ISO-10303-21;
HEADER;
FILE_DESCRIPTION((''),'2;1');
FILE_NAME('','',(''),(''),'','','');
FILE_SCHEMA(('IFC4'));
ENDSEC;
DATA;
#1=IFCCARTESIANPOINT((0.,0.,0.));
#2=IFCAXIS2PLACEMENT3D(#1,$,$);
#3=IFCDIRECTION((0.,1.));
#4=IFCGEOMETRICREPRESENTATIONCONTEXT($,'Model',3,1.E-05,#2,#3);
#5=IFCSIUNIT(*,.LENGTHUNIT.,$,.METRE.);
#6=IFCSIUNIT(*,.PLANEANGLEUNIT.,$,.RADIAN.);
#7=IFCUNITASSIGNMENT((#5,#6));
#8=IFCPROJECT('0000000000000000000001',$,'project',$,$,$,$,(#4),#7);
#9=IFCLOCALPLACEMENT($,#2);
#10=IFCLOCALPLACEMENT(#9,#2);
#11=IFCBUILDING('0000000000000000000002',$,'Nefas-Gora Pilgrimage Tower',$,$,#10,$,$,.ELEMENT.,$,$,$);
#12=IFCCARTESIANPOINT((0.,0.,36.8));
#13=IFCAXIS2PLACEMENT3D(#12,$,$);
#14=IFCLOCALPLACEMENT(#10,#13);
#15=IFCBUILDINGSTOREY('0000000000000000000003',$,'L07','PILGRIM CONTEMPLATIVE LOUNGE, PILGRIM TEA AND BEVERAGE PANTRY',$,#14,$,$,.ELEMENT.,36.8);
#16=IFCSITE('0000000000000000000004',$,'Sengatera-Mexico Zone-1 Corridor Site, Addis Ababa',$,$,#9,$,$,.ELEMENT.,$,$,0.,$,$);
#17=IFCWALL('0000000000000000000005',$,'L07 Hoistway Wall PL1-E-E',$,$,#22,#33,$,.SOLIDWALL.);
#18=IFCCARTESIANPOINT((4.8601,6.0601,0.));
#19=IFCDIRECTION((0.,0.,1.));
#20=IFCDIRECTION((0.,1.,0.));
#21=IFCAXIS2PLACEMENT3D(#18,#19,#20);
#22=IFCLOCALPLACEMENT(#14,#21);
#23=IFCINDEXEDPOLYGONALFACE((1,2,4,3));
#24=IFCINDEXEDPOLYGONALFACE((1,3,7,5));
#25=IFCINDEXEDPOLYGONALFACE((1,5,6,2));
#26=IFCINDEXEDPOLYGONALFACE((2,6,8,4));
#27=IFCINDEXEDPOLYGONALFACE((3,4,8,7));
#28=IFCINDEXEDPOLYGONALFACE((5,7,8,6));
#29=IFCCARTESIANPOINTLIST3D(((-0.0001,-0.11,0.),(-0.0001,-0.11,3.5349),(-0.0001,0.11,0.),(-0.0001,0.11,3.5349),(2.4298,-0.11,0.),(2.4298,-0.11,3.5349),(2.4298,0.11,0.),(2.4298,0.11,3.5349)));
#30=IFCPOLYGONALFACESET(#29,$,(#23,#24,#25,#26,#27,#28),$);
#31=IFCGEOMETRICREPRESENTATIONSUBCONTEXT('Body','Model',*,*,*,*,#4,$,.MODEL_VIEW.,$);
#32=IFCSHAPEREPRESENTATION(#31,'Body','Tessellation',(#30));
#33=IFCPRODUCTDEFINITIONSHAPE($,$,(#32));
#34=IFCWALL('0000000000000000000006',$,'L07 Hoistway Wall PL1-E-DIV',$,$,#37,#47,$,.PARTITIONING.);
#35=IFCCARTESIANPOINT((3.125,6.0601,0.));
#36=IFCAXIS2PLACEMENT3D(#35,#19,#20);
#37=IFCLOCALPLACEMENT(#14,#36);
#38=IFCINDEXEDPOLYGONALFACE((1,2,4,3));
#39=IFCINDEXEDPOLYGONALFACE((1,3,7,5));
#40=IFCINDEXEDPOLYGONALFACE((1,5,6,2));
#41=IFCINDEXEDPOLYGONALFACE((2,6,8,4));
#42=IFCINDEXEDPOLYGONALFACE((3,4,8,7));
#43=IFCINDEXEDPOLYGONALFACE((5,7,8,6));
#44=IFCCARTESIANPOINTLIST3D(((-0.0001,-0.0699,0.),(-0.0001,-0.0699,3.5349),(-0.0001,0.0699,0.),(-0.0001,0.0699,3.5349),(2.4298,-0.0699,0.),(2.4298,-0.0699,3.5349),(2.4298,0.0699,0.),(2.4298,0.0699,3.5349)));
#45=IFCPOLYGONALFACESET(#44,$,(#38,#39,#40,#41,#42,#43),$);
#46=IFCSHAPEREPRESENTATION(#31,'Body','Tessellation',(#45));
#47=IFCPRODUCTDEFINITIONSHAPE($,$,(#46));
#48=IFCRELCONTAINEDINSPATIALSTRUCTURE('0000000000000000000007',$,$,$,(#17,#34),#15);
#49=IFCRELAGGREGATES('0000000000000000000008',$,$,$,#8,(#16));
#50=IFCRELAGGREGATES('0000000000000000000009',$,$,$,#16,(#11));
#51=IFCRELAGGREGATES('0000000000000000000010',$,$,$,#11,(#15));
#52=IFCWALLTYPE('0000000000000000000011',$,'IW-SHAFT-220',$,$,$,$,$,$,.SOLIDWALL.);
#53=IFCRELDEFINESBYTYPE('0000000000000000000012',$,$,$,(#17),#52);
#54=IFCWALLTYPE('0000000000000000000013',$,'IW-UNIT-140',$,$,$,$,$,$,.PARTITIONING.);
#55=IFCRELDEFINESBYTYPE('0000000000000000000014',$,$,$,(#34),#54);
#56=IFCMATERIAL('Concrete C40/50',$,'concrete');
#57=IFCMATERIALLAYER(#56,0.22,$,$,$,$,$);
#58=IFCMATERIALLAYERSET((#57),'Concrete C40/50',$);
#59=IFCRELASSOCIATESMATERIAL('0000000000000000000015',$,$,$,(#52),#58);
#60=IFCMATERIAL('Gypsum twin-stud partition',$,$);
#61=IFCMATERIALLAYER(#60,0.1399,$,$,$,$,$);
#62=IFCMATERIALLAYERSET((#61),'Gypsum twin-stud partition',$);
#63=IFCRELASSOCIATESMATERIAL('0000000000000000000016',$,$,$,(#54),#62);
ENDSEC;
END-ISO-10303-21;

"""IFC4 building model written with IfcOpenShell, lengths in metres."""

from ifc_helpers import new_model, si_unit, direction, frame, frame_2d, origin, place, context, subcontext, project, spatial, rectangle, extrude, source, transform, mapped, material, layer, layer_set, type_object, element, save


model = new_model("IFC4")

# Units and contexts
model_context = context("Model", 3, precision=1e-05, world=origin(), true_north=direction((0.0, 1.0)))
body_context = subcontext(model_context, "Body", "Model", "MODEL_VIEW")
ifc_project = project(units=[si_unit("LENGTHUNIT", "METRE"), si_unit("PLANEANGLEUNIT", "RADIAN")], contexts=[model_context])

# Site, building, storey
site_placement = place(None, origin())
site = spatial("IfcSite", under=ifc_project, at=site_placement, Name="Sengatera-Mexico Zone-1 Corridor Site, Addis Ababa", CompositionType="ELEMENT", RefElevation=0.0)
building_placement = place(site_placement, origin())
building = spatial("IfcBuilding", under=site, at=building_placement, Name="Nefas-Gora Pilgrimage Tower", CompositionType="ELEMENT")
storey_placement = place(building_placement, frame((0.0, 0.0, 36.8)))
storey = spatial("IfcBuildingStorey", under=building, at=storey_placement, Name="L07", Description="PILGRIM CONTEMPLATIVE LOUNGE, PILGRIM TEA AND BEVERAGE PANTRY", CompositionType="ELEMENT", Elevation=36.8)

# Shared definitions
ifc_material_1 = material(Name="Concrete C40/50", Category="concrete")
ifc_layer_1 = layer(ifc_material_1, 0.22)
ifc_layer_set_1 = layer_set([ifc_layer_1], Name="Concrete C40/50")
wall_type_1 = type_object("IfcWallType", Name="IW-SHAFT-220", PredefinedType="SOLIDWALL", material=ifc_layer_set_1)

# Walls
shared_shape_1 = source(origin(), body_context, "Body", "SweptSolid", [
    extrude(rectangle(XDim=2.4299, YDim=0.22, at=frame_2d((1.2148, 0.0))), origin(), (0.0, 0.0, 1.0), 3.5349),
])
wall_1_placement = place(storey_placement, frame((4.8601, 6.0601, 0.0), z_axis=(0.0, 0.0, 1.0), x_axis=(0.0, 1.0, 0.0)))
element("IfcWall", 1, at=wall_1_placement, inside=storey, type_object=wall_type_1, Name="L07 Hoistway Wall PL1-E-E", PredefinedType="SOLIDWALL", context=body_context, shape_type="MappedRepresentation", body=[
    mapped(shared_shape_1, transform((0.0, 0.0, 0.0), x_axis=(1.0, 0.0, 0.0), y_axis=(0.0, 1.0, 0.0), z_axis=(0.0, 0.0, 1.0), scale=1.0)),
])
ifc_material_2 = material(Name="Gypsum twin-stud partition")
ifc_layer_2 = layer(ifc_material_2, 0.1399)
ifc_layer_set_2 = layer_set([ifc_layer_2], Name="Gypsum twin-stud partition")
wall_type_2 = type_object("IfcWallType", Name="IW-UNIT-140", PredefinedType="PARTITIONING", material=ifc_layer_set_2)
shared_shape_2 = source(origin(), body_context, "Body", "SweptSolid", [
    extrude(rectangle(XDim=2.4299, YDim=0.1399, at=frame_2d((1.2148, 0.0))), origin(), (0.0, 0.0, 1.0), 3.5349),
])
wall_2_placement = place(storey_placement, frame((3.125, 6.0601, 0.0), z_axis=(0.0, 0.0, 1.0), x_axis=(0.0, 1.0, 0.0)))
element("IfcWall", 2, at=wall_2_placement, inside=storey, type_object=wall_type_2, Name="L07 Hoistway Wall PL1-E-DIV", PredefinedType="PARTITIONING", context=body_context, shape_type="MappedRepresentation", body=[
    mapped(shared_shape_2, transform((0.0, 0.0, 0.0), x_axis=(1.0, 0.0, 0.0), y_axis=(0.0, 1.0, 0.0), z_axis=(0.0, 0.0, 1.0), scale=1.0)),
])

save(model, "model.ifc")
